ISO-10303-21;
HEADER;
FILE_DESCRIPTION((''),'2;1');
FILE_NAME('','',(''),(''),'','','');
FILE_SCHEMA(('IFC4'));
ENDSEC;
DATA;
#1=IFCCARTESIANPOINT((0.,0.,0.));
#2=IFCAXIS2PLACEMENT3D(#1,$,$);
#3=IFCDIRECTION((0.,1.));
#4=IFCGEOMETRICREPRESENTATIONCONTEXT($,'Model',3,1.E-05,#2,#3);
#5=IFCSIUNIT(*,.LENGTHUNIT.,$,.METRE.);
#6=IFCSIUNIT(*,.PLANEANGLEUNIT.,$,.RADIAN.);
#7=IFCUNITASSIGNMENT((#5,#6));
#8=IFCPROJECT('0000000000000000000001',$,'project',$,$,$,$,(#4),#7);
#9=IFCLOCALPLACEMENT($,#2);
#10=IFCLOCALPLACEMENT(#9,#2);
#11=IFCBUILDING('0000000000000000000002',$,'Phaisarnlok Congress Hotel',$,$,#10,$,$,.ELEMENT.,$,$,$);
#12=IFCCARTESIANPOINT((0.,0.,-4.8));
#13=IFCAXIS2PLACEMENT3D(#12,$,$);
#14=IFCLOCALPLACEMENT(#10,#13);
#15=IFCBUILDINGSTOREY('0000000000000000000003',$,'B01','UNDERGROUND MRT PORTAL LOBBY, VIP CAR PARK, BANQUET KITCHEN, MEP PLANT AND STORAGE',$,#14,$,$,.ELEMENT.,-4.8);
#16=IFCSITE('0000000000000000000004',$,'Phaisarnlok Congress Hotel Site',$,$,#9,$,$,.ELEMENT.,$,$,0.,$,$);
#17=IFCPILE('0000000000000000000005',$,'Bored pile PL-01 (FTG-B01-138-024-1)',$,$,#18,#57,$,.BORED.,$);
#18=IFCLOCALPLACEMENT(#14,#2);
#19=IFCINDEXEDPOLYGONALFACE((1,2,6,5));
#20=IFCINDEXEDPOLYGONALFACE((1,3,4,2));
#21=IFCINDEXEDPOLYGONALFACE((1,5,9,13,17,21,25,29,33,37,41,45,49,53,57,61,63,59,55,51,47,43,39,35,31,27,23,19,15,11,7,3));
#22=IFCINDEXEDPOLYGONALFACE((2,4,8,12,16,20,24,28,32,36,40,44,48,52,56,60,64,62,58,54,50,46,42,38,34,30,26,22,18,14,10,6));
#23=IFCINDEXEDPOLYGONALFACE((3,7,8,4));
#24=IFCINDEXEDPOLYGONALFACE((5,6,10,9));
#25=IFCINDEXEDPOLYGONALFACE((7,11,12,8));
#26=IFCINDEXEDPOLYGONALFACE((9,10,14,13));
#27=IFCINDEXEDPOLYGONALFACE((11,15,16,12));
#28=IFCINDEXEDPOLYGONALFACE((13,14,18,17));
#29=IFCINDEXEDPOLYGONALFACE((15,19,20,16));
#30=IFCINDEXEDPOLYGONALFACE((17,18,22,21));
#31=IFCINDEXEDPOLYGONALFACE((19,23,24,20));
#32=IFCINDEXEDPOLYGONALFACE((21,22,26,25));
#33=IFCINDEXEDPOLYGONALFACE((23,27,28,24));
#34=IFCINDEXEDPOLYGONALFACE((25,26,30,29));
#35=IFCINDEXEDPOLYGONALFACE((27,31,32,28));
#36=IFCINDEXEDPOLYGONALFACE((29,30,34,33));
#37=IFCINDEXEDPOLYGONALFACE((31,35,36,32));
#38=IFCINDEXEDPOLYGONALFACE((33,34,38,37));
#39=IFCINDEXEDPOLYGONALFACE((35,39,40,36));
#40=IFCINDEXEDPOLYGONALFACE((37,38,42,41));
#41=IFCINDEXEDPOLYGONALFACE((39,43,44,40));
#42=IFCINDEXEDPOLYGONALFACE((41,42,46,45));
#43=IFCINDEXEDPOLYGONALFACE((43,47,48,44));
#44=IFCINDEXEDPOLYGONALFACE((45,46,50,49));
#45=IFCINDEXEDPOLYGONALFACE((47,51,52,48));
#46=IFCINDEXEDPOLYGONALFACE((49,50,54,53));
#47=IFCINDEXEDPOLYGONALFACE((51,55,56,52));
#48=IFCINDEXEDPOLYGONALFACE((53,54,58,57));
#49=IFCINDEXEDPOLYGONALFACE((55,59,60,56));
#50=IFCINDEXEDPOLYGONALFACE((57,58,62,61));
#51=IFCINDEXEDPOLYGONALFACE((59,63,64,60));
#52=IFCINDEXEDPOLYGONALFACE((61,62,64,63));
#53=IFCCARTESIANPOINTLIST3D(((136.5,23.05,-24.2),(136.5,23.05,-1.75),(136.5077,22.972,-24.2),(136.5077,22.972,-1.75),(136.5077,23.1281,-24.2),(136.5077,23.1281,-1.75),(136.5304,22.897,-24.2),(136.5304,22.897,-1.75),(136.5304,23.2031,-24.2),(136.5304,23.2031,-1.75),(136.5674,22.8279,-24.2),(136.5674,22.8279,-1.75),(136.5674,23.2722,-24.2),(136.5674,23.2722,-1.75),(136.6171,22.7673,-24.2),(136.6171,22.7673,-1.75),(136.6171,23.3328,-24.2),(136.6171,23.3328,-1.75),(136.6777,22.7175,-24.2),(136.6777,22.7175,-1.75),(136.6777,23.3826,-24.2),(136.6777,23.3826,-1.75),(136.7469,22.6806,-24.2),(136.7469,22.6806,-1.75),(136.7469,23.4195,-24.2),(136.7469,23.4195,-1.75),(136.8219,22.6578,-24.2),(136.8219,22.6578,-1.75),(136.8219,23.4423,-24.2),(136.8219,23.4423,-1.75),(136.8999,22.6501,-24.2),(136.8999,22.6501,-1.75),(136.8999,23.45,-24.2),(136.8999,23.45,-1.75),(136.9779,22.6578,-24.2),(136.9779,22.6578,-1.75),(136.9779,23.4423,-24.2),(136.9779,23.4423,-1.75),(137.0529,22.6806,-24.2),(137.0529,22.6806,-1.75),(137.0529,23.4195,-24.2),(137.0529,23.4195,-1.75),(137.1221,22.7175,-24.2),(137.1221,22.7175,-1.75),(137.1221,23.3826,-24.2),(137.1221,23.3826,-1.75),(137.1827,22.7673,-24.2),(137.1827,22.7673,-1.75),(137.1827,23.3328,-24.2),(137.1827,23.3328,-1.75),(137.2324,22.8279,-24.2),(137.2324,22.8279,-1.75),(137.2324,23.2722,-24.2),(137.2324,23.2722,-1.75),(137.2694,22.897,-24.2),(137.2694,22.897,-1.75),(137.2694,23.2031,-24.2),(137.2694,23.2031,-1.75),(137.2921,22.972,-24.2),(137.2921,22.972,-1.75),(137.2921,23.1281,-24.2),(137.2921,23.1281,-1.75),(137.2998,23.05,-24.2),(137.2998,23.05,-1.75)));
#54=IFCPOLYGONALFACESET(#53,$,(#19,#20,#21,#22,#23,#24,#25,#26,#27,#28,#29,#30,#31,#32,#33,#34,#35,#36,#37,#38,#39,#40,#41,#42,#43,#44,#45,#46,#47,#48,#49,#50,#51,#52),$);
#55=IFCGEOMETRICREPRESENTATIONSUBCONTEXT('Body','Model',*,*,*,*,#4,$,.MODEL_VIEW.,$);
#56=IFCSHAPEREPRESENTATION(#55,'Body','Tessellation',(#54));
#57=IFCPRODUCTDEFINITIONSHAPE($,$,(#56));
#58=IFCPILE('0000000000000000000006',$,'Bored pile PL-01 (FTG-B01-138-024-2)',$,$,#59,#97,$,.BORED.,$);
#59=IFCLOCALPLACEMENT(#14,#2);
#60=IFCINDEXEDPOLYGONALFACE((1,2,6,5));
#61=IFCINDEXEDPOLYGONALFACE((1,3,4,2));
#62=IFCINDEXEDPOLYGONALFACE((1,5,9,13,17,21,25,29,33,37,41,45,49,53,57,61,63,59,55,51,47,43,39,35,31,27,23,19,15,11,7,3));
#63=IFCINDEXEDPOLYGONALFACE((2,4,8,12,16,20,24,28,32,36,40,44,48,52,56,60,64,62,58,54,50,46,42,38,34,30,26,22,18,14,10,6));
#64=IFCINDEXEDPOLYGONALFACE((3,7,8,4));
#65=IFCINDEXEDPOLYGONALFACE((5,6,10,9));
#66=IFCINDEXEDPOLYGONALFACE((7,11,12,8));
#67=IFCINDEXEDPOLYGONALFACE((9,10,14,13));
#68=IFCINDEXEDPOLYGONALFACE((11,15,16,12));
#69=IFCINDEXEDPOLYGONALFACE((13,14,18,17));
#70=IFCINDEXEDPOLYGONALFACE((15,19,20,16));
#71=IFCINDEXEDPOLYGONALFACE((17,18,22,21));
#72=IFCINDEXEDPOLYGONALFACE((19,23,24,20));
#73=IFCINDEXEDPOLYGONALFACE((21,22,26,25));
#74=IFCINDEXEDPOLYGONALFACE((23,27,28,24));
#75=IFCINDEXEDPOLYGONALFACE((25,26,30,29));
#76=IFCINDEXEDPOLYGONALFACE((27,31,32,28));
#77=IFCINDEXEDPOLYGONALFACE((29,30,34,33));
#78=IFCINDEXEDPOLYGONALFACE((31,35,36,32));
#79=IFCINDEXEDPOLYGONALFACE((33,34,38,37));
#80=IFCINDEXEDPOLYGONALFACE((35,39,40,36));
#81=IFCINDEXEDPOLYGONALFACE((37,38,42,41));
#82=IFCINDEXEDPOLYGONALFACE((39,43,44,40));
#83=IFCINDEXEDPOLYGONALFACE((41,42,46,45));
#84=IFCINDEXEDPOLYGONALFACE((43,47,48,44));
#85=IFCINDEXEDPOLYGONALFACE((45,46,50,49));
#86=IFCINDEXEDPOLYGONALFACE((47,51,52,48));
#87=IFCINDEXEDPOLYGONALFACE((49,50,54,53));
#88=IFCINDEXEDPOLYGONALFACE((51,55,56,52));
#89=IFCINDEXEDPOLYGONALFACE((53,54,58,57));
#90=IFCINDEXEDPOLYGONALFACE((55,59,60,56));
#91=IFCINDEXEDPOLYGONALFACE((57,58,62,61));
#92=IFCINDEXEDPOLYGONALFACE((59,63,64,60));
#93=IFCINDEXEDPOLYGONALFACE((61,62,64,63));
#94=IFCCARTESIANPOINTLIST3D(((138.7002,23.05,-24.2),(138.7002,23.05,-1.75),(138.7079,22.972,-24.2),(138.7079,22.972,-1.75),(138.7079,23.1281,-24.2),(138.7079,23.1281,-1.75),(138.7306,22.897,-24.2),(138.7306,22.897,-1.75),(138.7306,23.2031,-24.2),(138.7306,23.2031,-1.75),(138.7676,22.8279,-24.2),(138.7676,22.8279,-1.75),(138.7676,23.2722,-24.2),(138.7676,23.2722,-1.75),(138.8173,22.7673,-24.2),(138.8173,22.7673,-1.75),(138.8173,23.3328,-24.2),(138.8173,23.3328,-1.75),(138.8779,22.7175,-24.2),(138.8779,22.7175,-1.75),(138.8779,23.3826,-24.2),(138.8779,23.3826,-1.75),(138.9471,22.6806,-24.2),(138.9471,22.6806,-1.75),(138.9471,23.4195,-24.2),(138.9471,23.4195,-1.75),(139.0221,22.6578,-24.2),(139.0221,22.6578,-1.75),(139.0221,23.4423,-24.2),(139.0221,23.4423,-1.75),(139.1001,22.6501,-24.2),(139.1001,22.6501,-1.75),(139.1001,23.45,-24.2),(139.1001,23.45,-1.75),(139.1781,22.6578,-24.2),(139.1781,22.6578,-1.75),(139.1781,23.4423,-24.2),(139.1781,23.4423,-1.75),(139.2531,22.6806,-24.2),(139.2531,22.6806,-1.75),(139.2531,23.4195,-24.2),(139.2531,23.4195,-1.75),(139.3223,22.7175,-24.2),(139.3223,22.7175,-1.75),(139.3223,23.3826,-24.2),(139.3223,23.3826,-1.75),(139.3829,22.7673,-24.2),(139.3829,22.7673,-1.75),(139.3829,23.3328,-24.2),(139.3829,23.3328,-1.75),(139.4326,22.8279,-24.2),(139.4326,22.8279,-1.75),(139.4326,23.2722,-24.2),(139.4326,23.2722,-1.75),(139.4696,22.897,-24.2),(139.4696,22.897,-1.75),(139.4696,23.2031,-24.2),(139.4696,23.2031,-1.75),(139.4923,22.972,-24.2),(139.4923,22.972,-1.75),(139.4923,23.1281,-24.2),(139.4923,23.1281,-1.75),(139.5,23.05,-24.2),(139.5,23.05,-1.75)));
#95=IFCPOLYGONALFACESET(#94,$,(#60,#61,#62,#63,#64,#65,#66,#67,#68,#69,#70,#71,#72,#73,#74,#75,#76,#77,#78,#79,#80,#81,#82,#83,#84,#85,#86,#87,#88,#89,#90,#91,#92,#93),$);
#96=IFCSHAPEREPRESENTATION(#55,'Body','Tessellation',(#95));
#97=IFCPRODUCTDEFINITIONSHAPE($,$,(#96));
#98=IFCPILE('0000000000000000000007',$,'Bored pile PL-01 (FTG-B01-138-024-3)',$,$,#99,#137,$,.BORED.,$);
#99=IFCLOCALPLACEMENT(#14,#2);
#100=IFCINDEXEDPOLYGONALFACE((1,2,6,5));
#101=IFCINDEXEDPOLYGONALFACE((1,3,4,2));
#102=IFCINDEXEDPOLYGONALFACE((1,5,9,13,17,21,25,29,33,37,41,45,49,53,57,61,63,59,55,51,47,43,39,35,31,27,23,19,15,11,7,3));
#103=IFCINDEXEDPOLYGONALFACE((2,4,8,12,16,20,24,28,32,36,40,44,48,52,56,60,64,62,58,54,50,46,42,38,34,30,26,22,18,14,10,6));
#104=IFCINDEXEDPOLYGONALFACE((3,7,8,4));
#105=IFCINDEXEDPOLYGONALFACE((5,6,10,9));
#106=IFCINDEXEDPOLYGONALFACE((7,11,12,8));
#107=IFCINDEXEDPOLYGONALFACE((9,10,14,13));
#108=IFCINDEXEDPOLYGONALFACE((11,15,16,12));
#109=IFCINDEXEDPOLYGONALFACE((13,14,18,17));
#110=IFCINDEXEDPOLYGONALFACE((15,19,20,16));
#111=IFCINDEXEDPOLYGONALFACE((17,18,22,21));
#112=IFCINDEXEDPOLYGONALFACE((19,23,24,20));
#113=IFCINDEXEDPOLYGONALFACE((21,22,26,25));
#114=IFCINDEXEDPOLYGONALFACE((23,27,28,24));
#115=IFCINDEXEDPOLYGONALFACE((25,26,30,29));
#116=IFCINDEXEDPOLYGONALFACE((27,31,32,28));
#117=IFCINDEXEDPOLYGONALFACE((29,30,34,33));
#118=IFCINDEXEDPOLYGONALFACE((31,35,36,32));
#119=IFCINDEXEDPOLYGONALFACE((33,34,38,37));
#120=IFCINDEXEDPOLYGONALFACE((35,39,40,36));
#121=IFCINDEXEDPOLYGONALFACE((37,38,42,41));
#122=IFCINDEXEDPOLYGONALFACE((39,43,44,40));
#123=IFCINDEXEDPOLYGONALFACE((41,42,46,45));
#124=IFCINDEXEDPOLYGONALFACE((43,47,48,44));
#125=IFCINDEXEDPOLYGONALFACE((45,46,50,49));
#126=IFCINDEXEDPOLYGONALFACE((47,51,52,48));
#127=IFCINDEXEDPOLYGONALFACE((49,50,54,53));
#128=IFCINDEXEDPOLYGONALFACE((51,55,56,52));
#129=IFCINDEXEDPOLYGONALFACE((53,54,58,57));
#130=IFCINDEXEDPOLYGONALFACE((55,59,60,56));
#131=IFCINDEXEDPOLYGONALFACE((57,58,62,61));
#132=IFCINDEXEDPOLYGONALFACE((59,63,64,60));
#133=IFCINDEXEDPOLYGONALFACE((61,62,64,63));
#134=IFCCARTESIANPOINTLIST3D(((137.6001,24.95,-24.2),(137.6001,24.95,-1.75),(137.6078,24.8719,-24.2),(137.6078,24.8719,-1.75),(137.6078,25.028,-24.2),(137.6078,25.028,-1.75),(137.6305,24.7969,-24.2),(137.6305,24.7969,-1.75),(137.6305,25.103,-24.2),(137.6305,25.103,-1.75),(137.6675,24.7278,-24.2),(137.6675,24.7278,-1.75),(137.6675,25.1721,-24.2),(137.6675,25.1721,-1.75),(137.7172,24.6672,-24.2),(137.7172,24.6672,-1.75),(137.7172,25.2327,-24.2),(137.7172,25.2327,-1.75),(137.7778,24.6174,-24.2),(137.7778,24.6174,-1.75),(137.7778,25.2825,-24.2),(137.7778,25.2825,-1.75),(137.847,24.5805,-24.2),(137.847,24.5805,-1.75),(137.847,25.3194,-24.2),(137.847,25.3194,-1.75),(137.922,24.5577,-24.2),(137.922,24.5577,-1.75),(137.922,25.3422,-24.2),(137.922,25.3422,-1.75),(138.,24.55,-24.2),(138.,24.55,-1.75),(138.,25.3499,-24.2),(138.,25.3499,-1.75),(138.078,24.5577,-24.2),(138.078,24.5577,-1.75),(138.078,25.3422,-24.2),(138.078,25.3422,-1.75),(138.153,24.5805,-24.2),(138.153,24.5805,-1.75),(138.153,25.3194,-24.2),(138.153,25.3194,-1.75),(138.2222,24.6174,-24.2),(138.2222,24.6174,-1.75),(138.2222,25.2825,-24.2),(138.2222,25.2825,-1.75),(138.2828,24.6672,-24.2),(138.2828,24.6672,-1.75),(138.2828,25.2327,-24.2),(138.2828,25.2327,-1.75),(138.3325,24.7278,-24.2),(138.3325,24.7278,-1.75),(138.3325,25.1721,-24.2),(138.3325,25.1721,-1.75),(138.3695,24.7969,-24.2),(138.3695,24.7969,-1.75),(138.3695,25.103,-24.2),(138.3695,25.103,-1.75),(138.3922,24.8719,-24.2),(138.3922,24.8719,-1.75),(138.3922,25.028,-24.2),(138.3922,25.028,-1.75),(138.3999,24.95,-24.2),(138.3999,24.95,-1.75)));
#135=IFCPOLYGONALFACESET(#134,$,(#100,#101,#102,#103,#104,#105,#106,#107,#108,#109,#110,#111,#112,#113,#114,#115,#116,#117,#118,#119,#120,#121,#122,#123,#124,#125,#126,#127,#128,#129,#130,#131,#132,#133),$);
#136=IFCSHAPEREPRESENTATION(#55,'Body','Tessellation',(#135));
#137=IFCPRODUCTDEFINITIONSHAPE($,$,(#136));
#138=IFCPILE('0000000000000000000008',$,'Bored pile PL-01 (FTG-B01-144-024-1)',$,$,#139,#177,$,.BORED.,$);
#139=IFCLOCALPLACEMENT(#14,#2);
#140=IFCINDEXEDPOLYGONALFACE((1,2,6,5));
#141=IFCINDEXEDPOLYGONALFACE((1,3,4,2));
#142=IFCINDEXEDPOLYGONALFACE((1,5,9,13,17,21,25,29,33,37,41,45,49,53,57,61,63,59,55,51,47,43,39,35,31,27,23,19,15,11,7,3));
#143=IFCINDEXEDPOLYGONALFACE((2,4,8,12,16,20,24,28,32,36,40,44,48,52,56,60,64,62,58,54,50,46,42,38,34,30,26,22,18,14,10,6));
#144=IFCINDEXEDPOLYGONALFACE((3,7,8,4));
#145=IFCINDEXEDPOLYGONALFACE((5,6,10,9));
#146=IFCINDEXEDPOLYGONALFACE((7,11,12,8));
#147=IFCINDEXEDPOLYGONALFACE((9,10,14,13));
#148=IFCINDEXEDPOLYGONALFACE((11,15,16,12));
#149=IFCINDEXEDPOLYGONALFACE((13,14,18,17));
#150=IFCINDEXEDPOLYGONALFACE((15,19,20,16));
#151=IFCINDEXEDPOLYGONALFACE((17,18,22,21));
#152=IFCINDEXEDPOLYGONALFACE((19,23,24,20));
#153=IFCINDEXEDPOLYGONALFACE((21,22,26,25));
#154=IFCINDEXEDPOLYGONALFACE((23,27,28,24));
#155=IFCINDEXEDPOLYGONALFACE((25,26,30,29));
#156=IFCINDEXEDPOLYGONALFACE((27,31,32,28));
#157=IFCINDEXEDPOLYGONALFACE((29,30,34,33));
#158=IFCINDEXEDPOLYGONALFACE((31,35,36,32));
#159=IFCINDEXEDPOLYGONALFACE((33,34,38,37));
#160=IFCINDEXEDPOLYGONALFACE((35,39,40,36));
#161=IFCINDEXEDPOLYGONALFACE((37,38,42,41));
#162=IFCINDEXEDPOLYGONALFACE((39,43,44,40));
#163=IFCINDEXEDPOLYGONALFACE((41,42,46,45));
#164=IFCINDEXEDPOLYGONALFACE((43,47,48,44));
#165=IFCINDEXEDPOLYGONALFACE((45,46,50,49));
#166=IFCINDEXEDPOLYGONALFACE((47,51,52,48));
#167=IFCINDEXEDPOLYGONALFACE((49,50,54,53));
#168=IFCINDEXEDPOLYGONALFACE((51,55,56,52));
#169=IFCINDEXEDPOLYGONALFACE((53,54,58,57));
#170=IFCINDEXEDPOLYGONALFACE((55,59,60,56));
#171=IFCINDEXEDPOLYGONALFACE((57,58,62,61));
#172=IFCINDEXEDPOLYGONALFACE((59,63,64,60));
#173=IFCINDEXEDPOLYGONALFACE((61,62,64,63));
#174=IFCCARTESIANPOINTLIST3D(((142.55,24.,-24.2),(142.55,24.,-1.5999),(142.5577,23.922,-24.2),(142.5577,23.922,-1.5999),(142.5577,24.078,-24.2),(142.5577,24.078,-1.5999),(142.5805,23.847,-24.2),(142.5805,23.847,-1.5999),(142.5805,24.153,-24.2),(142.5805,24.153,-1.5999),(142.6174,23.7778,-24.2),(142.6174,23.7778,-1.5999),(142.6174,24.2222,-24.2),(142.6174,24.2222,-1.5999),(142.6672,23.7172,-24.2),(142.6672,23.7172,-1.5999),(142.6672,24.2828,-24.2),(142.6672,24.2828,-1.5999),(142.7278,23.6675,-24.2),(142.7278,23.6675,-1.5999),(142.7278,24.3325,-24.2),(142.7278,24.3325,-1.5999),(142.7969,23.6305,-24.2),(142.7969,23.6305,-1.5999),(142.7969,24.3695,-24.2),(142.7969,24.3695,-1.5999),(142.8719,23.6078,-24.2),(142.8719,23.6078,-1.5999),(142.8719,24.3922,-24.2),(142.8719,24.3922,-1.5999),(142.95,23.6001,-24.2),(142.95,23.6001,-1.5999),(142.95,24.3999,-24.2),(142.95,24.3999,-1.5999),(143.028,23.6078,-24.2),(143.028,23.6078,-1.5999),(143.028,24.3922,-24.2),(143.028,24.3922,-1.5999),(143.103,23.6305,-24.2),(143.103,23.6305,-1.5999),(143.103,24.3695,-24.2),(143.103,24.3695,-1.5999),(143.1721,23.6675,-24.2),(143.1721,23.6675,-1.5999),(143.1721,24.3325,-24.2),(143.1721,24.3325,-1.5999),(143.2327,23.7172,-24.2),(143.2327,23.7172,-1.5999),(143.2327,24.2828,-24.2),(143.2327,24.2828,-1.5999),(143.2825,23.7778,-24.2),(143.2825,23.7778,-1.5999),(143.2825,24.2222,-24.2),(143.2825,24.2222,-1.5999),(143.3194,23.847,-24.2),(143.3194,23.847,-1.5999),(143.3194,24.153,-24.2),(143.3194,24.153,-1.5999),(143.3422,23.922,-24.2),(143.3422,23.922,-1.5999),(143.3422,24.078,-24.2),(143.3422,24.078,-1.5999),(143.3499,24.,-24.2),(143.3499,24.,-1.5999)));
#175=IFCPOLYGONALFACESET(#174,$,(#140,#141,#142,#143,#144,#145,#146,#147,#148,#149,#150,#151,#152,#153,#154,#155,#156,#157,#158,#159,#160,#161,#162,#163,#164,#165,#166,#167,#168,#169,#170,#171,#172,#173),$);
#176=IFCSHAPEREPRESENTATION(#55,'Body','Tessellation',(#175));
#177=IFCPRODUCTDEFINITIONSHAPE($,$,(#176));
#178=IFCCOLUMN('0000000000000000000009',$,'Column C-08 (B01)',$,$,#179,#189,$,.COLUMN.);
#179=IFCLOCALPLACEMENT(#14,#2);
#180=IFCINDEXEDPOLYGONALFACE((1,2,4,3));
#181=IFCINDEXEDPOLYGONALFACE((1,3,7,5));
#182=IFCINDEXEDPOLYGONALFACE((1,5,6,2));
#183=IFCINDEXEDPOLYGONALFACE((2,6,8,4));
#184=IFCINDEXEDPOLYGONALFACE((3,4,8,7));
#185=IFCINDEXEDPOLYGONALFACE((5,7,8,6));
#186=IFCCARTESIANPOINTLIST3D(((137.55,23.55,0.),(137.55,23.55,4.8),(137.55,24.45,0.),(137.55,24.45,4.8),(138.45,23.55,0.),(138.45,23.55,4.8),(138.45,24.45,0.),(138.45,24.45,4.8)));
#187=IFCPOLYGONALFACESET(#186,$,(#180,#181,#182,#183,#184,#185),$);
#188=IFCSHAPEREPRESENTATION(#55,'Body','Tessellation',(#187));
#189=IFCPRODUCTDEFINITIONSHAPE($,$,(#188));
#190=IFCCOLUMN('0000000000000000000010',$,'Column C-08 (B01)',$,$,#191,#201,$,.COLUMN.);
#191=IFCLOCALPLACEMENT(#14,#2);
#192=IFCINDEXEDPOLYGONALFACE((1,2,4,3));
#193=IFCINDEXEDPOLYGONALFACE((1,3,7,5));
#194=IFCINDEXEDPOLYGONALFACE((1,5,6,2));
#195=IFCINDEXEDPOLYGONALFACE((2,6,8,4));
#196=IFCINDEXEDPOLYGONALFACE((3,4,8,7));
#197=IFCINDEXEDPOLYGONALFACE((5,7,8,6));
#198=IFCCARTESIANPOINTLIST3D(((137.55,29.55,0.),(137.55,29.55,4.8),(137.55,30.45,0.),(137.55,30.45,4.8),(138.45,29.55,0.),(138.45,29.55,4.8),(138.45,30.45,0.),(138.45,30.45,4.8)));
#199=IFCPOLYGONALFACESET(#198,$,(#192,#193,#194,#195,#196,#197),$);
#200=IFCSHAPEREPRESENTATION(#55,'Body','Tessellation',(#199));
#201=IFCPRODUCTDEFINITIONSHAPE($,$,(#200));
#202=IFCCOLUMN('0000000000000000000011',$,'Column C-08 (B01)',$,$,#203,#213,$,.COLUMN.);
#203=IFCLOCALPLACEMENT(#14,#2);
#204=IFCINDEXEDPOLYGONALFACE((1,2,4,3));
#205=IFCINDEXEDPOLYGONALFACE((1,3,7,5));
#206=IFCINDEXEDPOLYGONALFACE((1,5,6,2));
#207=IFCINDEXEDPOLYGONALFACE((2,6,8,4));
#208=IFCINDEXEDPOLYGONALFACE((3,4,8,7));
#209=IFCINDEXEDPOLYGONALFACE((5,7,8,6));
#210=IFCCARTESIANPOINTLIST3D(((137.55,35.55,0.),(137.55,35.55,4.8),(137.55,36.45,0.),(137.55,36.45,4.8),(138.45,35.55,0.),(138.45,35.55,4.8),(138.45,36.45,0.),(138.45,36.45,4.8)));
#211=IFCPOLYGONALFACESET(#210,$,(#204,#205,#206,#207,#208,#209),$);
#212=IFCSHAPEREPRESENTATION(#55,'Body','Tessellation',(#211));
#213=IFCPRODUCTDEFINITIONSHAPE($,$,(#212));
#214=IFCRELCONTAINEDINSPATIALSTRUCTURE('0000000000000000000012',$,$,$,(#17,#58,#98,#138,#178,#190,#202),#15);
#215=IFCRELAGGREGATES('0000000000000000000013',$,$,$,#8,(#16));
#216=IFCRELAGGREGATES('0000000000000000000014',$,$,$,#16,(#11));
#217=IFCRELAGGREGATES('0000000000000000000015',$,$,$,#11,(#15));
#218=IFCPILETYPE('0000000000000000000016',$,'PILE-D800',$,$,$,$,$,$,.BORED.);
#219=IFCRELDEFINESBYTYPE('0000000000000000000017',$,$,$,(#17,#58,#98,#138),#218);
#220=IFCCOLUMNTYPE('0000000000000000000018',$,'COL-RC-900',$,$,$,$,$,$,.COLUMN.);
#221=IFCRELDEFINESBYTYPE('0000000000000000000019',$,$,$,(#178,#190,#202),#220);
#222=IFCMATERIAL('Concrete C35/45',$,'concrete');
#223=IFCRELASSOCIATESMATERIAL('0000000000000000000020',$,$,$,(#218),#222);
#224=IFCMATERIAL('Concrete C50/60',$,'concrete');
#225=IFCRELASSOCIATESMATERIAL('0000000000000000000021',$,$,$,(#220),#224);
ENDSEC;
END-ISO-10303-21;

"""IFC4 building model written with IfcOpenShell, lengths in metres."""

from ifc_helpers import new_model, si_unit, direction, frame, origin, origin_2d, place, context, subcontext, project, spatial, rectangle, circle, extrude, material, material_profile, profile_set, type_object, element, save


model = new_model("IFC4")

# Units and contexts
model_context = context("Model", 3, precision=1e-05, world=origin(), true_north=direction((0.0, 1.0)))
body_context = subcontext(model_context, "Body", "Model", "MODEL_VIEW")
ifc_project = project(units=[si_unit("LENGTHUNIT", "METRE"), si_unit("PLANEANGLEUNIT", "RADIAN")], contexts=[model_context])

# Site, building, storey
site_placement = place(None, origin())
site = spatial("IfcSite", under=ifc_project, at=site_placement, Name="Phaisarnlok Congress Hotel Site", CompositionType="ELEMENT", RefElevation=0.0)
building_placement = place(site_placement, origin())
building = spatial("IfcBuilding", under=site, at=building_placement, Name="Phaisarnlok Congress Hotel", CompositionType="ELEMENT")
storey_placement = place(building_placement, frame((0.0, 0.0, -4.8)))
storey = spatial("IfcBuildingStorey", under=building, at=storey_placement, Name="B01", Description="UNDERGROUND MRT PORTAL LOBBY, VIP CAR PARK, BANQUET KITCHEN, MEP PLANT AND STORAGE", CompositionType="ELEMENT", Elevation=-4.8)

# Piles
ifc_material_1 = material(Name="Concrete C35/45", Category="concrete")
ifc_material_profile_1 = material_profile(ifc_material_1, circle(Radius=0.3999, at=origin_2d()), Name="BORED PILE D800")
ifc_profile_set_1 = profile_set([ifc_material_profile_1], Name="Concrete C35/45")
pile_type_1 = type_object("IfcPileType", Name="PILE-D800", PredefinedType="BORED", material=ifc_profile_set_1)
for number, where, z_axis, x_axis, name in (
    (1, (136.8999, 23.05, -1.75), (0.0, 0.0, -1.0), (1.0, 0.0, 0.0), "Bored pile PL-01 (FTG-B01-138-024-1)"),
    (2, (139.1001, 23.05, -1.75), (0.0, 0.0, -1.0), (1.0, 0.0, 0.0), "Bored pile PL-01 (FTG-B01-138-024-2)"),
    (3, (138.0, 24.95, -1.75), (0.0, 0.0, -1.0), (1.0, 0.0, 0.0), "Bored pile PL-01 (FTG-B01-138-024-3)"),
):
    element("IfcPile", number, at=place(storey_placement, frame(where, z_axis=z_axis, x_axis=x_axis)), inside=storey, type_object=pile_type_1, Name=name, PredefinedType="BORED", context=body_context, shape_type="SweptSolid", body=[
        extrude(circle(Radius=0.3999, at=origin_2d()), origin(), (0.0, 0.0, 1.0), 22.45),
    ])
pile_1_placement = place(storey_placement, frame((142.95, 24.0, -1.5999), z_axis=(0.0, 0.0, -1.0), x_axis=(1.0, 0.0, 0.0)))
element("IfcPile", 4, at=pile_1_placement, inside=storey, type_object=pile_type_1, Name="Bored pile PL-01 (FTG-B01-144-024-1)", PredefinedType="BORED", context=body_context, shape_type="SweptSolid", body=[
    extrude(circle(Radius=0.3999, at=origin_2d()), origin(), (0.0, 0.0, 1.0), 22.6001),
])

# Columns
ifc_material_2 = material(Name="Concrete C50/60", Category="concrete")
ifc_material_profile_2 = material_profile(ifc_material_2, rectangle(XDim=0.8999, YDim=0.8999, at=origin_2d()), Name="RC 900x900")
ifc_profile_set_2 = profile_set([ifc_material_profile_2], Name="Concrete C50/60")
column_type = type_object("IfcColumnType", Name="COL-RC-900", PredefinedType="COLUMN", material=ifc_profile_set_2)
for number, where, z_axis, x_axis, name in (
    (5, (138.0, 24.0, 0.0), (0.0, 0.0, 1.0), (1.0, 0.0, 0.0), "Column C-08 (B01)"),
    (6, (138.0, 30.0, 0.0), (0.0, 0.0, 1.0), (1.0, 0.0, 0.0), "Column C-08 (B01)"),
    (7, (138.0, 36.0, 0.0), (0.0, 0.0, 1.0), (1.0, 0.0, 0.0), "Column C-08 (B01)"),
):
    element("IfcColumn", number, at=place(storey_placement, frame(where, z_axis=z_axis, x_axis=x_axis)), inside=storey, type_object=column_type, Name=name, PredefinedType="COLUMN", context=body_context, shape_type="SweptSolid", body=[
        extrude(rectangle(XDim=0.8999, YDim=0.8999, at=origin_2d()), origin(), (0.0, 0.0, 1.0), 4.8),
    ])

save(model, "model.ifc")
